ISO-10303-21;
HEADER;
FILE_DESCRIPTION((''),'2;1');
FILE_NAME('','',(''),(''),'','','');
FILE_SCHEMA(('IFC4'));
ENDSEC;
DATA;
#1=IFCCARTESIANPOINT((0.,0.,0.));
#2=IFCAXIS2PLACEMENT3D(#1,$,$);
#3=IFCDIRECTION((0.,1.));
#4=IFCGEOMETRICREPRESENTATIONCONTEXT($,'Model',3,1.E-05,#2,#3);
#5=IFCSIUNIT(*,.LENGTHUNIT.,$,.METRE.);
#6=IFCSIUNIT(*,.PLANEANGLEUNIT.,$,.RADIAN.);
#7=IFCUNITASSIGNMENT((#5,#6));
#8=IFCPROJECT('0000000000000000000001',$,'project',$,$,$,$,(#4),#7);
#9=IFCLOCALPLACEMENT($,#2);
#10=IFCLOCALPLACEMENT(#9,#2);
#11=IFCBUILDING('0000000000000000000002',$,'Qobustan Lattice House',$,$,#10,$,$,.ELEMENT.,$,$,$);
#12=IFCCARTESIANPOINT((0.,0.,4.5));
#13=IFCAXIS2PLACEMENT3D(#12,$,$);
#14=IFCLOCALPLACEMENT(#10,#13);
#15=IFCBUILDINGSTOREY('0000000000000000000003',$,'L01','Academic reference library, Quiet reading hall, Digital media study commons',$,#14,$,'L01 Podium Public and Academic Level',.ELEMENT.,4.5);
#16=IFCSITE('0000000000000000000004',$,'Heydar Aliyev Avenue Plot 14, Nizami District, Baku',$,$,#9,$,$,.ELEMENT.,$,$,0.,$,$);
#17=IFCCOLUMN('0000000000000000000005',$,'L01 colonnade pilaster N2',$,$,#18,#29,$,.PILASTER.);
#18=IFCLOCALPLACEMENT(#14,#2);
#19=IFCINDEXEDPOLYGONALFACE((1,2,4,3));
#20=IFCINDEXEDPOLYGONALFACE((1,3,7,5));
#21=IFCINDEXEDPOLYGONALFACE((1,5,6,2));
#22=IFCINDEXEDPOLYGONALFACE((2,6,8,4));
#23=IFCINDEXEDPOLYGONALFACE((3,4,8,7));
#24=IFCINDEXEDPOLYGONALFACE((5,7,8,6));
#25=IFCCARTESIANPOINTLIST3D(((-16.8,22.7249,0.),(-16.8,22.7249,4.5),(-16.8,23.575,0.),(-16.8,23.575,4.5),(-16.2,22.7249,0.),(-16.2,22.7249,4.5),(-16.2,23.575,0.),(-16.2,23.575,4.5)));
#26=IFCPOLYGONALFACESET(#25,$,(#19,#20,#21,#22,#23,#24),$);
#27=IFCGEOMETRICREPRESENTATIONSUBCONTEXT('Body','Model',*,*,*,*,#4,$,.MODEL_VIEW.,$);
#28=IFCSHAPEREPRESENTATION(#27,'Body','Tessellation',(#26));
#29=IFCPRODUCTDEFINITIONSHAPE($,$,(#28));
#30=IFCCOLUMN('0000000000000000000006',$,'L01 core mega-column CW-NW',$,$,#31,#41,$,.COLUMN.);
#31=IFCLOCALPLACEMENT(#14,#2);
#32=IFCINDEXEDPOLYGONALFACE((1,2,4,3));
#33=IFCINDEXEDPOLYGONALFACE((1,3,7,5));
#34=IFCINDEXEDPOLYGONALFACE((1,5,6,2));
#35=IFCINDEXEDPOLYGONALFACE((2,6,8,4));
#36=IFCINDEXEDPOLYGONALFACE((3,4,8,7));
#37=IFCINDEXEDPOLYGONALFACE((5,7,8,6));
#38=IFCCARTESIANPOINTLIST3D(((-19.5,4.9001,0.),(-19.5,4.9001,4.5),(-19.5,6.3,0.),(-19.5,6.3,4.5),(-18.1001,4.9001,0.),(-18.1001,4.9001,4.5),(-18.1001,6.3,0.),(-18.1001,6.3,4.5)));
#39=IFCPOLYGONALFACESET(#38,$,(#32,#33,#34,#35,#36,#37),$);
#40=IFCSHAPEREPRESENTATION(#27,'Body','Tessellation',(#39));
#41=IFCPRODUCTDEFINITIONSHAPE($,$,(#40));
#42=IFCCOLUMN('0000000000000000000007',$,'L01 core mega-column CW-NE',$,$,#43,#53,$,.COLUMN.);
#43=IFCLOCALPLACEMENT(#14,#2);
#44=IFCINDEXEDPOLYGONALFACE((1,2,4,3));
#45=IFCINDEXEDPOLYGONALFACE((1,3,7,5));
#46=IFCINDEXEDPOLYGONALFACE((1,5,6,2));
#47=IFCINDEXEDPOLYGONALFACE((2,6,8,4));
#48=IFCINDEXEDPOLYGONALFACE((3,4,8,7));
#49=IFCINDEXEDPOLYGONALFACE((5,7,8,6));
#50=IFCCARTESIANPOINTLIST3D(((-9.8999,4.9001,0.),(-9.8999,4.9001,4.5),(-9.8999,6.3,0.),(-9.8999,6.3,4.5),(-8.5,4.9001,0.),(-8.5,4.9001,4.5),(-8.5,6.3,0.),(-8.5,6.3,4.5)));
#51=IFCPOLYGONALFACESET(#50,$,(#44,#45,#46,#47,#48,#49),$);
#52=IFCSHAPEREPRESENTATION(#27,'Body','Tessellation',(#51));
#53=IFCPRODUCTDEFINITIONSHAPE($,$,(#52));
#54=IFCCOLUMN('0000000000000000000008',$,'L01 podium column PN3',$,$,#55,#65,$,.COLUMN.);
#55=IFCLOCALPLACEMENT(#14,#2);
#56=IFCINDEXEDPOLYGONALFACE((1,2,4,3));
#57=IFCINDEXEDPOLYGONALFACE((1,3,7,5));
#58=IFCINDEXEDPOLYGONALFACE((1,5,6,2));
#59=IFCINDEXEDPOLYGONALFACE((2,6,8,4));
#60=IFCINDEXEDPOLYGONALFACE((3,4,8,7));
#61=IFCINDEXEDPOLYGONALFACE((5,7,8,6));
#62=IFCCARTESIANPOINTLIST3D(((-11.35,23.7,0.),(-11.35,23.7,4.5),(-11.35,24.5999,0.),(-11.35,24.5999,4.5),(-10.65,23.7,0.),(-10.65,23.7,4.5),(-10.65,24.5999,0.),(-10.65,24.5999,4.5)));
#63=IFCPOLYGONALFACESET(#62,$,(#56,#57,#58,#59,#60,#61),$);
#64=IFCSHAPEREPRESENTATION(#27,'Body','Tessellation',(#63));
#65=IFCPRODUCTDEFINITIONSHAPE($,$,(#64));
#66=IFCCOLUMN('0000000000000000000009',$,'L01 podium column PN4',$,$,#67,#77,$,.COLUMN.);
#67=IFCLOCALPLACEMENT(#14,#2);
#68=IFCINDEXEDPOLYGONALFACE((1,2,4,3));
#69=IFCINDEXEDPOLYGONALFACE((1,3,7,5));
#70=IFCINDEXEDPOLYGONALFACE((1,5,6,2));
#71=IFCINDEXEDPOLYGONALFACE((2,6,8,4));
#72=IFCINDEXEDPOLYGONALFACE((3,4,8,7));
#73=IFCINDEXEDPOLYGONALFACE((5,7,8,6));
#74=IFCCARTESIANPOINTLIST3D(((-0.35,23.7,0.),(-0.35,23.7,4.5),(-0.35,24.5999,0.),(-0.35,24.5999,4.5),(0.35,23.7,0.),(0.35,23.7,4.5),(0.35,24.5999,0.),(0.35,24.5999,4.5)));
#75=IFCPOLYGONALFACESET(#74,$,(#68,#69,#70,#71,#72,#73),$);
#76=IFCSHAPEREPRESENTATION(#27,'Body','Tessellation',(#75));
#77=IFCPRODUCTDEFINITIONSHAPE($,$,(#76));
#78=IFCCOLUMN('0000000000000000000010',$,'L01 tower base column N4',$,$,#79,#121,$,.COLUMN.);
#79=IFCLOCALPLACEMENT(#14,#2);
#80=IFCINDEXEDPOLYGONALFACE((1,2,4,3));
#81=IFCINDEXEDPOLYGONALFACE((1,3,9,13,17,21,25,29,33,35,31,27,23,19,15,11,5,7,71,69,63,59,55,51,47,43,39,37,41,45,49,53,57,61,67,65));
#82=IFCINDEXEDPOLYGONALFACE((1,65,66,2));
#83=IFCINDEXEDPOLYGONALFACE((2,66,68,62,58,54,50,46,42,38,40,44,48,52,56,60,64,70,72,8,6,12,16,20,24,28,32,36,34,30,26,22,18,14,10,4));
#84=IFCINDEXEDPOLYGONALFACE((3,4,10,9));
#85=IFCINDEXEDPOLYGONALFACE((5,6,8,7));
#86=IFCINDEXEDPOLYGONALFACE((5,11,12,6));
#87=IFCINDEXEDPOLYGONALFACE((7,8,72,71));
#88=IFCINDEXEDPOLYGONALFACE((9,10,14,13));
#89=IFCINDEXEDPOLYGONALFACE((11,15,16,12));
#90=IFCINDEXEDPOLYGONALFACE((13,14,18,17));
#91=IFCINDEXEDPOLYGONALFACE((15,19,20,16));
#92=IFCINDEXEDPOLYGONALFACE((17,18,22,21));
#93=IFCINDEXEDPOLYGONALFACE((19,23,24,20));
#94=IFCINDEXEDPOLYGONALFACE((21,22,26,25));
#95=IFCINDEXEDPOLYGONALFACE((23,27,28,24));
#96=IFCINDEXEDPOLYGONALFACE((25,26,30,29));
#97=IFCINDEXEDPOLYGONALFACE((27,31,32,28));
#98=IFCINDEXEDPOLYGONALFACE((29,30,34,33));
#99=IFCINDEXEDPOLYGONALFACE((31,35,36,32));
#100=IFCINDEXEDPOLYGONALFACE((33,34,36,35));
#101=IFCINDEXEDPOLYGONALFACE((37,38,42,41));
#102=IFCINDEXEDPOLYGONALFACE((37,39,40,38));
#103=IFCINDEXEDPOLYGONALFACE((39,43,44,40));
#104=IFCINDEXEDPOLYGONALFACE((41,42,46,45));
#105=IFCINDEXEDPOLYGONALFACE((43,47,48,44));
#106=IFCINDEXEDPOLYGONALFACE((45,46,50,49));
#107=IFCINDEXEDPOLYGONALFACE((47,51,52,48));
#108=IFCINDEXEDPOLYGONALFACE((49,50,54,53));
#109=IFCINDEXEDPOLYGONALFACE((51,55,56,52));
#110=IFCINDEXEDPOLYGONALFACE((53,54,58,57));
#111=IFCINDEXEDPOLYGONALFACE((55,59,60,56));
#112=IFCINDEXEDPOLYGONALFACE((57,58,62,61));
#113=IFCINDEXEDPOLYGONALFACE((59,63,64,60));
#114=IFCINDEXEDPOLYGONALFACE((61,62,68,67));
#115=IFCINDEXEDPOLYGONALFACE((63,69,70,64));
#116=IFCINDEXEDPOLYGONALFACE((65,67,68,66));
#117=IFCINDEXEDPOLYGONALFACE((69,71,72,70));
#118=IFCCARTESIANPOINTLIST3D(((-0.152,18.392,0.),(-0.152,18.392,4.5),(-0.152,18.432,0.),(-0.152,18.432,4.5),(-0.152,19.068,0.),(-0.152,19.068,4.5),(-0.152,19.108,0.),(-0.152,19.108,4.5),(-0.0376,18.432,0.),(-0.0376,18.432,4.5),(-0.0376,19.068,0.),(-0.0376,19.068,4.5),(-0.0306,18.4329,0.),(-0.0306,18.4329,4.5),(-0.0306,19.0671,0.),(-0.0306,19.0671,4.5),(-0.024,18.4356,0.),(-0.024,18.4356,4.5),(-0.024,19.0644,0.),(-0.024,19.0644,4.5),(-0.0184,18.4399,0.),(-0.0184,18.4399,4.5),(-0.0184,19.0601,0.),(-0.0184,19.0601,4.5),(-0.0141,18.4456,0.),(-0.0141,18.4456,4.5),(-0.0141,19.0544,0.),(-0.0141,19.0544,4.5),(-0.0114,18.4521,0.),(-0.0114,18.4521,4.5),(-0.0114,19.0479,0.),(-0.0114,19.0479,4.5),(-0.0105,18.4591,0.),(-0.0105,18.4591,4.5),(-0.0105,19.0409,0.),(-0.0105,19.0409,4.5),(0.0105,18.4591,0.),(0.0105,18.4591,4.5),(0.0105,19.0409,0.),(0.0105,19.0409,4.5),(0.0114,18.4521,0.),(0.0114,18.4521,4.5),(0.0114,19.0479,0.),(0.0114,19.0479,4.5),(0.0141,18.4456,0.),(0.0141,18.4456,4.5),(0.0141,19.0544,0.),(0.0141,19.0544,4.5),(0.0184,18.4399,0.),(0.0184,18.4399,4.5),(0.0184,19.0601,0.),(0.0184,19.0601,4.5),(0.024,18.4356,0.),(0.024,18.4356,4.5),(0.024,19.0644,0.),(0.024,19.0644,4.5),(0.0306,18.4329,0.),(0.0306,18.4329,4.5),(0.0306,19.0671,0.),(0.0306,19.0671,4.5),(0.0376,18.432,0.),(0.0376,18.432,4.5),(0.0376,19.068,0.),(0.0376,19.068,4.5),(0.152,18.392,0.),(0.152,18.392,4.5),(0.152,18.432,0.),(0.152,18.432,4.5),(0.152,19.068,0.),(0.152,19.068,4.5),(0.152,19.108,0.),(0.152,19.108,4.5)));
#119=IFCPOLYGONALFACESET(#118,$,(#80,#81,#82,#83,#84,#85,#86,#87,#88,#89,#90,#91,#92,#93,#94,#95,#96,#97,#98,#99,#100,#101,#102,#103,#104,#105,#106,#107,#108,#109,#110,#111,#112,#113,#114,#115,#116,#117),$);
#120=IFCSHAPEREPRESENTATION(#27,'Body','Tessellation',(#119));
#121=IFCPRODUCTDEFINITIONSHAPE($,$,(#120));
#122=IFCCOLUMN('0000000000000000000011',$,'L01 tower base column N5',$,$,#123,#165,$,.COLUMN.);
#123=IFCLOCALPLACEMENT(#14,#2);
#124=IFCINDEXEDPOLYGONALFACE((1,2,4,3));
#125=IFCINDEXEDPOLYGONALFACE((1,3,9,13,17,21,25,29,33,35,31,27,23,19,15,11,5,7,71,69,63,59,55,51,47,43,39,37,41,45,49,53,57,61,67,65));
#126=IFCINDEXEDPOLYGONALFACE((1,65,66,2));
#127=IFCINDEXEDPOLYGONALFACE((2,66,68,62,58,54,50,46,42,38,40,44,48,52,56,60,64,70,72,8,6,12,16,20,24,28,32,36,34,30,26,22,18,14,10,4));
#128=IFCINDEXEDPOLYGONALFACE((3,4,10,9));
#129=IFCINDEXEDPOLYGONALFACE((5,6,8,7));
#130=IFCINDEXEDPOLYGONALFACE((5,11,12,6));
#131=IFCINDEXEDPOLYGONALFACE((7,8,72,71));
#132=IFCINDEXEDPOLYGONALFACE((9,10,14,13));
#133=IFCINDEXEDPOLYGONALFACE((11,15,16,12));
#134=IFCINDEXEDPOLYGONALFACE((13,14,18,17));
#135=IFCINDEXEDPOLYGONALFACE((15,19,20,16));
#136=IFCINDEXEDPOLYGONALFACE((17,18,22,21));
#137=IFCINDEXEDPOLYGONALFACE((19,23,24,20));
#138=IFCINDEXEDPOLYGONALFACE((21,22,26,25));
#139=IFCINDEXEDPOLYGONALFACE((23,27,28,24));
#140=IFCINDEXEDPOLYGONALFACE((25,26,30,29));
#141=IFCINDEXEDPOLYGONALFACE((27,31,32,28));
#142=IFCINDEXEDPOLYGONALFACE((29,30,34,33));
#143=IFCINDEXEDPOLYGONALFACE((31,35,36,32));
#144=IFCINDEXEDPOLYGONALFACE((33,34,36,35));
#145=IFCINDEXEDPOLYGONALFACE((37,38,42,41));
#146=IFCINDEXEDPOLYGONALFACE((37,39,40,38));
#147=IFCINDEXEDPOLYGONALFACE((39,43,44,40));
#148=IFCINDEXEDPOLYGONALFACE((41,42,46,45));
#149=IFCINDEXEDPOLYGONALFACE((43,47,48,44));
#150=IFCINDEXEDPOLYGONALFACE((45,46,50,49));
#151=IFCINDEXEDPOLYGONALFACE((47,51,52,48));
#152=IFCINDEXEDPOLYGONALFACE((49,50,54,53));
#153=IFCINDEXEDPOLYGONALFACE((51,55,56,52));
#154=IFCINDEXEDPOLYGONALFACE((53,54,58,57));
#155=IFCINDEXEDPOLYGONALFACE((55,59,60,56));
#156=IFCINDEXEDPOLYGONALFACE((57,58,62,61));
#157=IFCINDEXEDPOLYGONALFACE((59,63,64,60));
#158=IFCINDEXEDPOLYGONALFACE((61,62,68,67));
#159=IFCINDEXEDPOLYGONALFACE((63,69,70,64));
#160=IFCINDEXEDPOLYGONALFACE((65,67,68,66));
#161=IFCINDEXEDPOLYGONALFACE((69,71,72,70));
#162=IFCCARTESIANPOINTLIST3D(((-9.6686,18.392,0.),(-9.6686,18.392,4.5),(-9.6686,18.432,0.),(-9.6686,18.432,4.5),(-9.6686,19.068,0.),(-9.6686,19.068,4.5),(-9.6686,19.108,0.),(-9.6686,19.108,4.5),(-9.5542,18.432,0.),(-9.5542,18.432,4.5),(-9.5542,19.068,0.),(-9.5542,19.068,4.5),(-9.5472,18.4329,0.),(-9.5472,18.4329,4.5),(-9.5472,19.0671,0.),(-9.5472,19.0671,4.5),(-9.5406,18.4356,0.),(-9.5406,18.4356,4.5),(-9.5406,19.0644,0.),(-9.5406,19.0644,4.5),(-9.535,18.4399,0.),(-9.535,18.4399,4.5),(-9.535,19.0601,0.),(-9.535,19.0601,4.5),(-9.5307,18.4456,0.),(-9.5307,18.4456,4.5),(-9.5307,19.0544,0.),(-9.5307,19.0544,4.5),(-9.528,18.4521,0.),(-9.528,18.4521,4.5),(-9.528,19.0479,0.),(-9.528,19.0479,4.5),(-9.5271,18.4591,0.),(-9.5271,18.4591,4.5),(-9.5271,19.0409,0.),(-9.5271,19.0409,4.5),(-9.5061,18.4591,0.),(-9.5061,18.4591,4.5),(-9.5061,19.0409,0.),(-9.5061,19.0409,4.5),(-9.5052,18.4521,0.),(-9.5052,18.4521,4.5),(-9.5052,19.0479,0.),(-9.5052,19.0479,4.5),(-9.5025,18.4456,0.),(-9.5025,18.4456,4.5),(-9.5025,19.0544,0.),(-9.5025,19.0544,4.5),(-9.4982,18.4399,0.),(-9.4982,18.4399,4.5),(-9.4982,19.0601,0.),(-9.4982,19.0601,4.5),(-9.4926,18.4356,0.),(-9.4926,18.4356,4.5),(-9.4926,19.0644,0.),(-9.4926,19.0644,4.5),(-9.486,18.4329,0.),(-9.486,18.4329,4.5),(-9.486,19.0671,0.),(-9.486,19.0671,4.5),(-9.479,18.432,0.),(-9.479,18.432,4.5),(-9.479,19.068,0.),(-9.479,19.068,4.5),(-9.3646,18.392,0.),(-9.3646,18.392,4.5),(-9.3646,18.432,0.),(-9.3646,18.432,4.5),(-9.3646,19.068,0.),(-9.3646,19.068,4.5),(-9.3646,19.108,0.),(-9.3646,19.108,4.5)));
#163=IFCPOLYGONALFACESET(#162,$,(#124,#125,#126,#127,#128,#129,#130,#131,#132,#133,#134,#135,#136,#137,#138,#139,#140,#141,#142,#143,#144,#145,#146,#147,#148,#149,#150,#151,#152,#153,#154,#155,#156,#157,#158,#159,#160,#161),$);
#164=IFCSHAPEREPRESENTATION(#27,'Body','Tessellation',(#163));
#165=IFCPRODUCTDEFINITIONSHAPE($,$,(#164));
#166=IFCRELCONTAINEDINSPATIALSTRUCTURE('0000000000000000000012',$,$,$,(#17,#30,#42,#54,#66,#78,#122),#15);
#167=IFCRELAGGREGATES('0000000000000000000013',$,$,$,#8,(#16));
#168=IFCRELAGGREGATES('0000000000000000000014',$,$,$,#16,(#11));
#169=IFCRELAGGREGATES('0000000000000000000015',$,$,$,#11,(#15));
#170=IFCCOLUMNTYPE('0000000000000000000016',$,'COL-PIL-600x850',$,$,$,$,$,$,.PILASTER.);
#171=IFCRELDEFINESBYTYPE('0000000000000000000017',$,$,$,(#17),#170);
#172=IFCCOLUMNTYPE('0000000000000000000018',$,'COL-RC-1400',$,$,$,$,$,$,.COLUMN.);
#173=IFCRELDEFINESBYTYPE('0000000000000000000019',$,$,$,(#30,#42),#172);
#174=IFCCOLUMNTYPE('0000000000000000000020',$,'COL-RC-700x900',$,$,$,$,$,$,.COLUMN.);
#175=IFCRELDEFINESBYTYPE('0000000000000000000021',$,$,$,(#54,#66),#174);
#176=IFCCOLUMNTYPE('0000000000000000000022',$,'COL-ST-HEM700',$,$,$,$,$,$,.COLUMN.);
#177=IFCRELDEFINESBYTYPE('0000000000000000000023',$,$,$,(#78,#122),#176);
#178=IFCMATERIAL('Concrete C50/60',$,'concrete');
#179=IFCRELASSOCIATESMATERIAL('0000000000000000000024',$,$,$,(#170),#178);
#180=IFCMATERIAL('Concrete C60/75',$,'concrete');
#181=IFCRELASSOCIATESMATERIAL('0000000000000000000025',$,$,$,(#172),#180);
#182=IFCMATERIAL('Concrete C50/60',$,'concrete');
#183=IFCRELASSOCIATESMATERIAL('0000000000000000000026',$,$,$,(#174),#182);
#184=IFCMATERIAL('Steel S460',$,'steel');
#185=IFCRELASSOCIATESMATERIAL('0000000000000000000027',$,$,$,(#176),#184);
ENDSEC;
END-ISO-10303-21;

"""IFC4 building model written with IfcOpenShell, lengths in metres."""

from ifc_helpers import new_model, si_unit, direction, frame, origin, origin_2d, place, context, subcontext, project, spatial, rectangle, i_section, extrude, material, material_profile, profile_set, type_object, element, save


model = new_model("IFC4")

# Units and contexts
model_context = context("Model", 3, precision=1e-05, world=origin(), true_north=direction((0.0, 1.0)))
body_context = subcontext(model_context, "Body", "Model", "MODEL_VIEW")
ifc_project = project(units=[si_unit("LENGTHUNIT", "METRE"), si_unit("PLANEANGLEUNIT", "RADIAN")], contexts=[model_context])

# Site, building, storey
site_placement = place(None, origin())
site = spatial("IfcSite", under=ifc_project, at=site_placement, Name="Heydar Aliyev Avenue Plot 14, Nizami District, Baku", CompositionType="ELEMENT", RefElevation=0.0)
building_placement = place(site_placement, origin())
building = spatial("IfcBuilding", under=site, at=building_placement, Name="Qobustan Lattice House", CompositionType="ELEMENT")
storey_placement = place(building_placement, frame((0.0, 0.0, 4.5)))
storey = spatial("IfcBuildingStorey", under=building, at=storey_placement, Name="L01", Description="Academic reference library, Quiet reading hall, Digital media study commons", LongName="L01 Podium Public and Academic Level", CompositionType="ELEMENT", Elevation=4.5)

# Columns
ifc_material_1 = material(Name="Concrete C50/60", Category="concrete")
ifc_material_profile_1 = material_profile(ifc_material_1, rectangle(XDim=0.6001, YDim=0.8501, at=origin_2d()), Name="RC600x850")
ifc_profile_set_1 = profile_set([ifc_material_profile_1], Name="Concrete C50/60")
column_type_1 = type_object("IfcColumnType", Name="COL-PIL-600x850", PredefinedType="PILASTER", material=ifc_profile_set_1)
column_placement = place(storey_placement, frame((-16.5, 23.1499, 0.0), z_axis=(0.0, 0.0, 1.0), x_axis=(1.0, 0.0, 0.0)))
element("IfcColumn", 1, at=column_placement, inside=storey, type_object=column_type_1, Name="L01 colonnade pilaster N2", PredefinedType="PILASTER", context=body_context, shape_type="SweptSolid", body=[
    extrude(rectangle(XDim=0.6001, YDim=0.8501, at=origin_2d()), origin(), (0.0, 0.0, 1.0), 4.5),
])
ifc_material_2 = material(Name="Concrete C60/75", Category="concrete")
ifc_material_profile_2 = material_profile(ifc_material_2, rectangle(XDim=1.3999, YDim=1.3999, at=origin_2d()), Name="RC1400x1400")
ifc_profile_set_2 = profile_set([ifc_material_profile_2], Name="Concrete C60/75")
column_type_2 = type_object("IfcColumnType", Name="COL-RC-1400", PredefinedType="COLUMN", material=ifc_profile_set_2)
for number, where, z_axis, x_axis, name in (
    (2, (-18.8, 5.6001, 0.0), (0.0, 0.0, 1.0), (1.0, 0.0, 0.0), "L01 core mega-column CW-NW"),
    (3, (-9.2, 5.6001, 0.0), (0.0, 0.0, 1.0), (1.0, 0.0, 0.0), "L01 core mega-column CW-NE"),
):
    element("IfcColumn", number, at=place(storey_placement, frame(where, z_axis=z_axis, x_axis=x_axis)), inside=storey, type_object=column_type_2, Name=name, PredefinedType="COLUMN", context=body_context, shape_type="SweptSolid", body=[
        extrude(rectangle(XDim=1.3999, YDim=1.3999, at=origin_2d()), origin(), (0.0, 0.0, 1.0), 4.5),
    ])
ifc_material_3 = material(Name="Concrete C50/60", Category="concrete")
ifc_material_profile_3 = material_profile(ifc_material_3, rectangle(XDim=0.7, YDim=0.8999, at=origin_2d()), Name="RC700x900")
ifc_profile_set_3 = profile_set([ifc_material_profile_3], Name="Concrete C50/60")
column_type_3 = type_object("IfcColumnType", Name="COL-RC-700x900", PredefinedType="COLUMN", material=ifc_profile_set_3)
for number, where, z_axis, x_axis, name in (
    (4, (-11.0, 24.1499, 0.0), (0.0, 0.0, 1.0), (1.0, 0.0, 0.0), "L01 podium column PN3"),
    (5, (0.0, 24.1499, 0.0), (0.0, 0.0, 1.0), (1.0, 0.0, 0.0), "L01 podium column PN4"),
):
    element("IfcColumn", number, at=place(storey_placement, frame(where, z_axis=z_axis, x_axis=x_axis)), inside=storey, type_object=column_type_3, Name=name, PredefinedType="COLUMN", context=body_context, shape_type="SweptSolid", body=[
        extrude(rectangle(XDim=0.7, YDim=0.8999, at=origin_2d()), origin(), (0.0, 0.0, 1.0), 4.5),
    ])
ifc_material_4 = material(Name="Steel S460", Category="steel")
ifc_material_profile_4 = material_profile(ifc_material_4, i_section(OverallWidth=0.304, OverallDepth=0.7161, WebThickness=0.021, FlangeThickness=0.04, FilletRadius=0.0271, at=origin_2d()), Name="HEM700")
ifc_profile_set_4 = profile_set([ifc_material_profile_4], Name="Steel S460")
column_type_4 = type_object("IfcColumnType", Name="COL-ST-HEM700", PredefinedType="COLUMN", material=ifc_profile_set_4)
for number, where, z_axis, x_axis, name in (
    (6, (0.0, 18.75, 0.0), (0.0, 0.0, 1.0), (1.0, 0.0, 0.0), "L01 tower base column N4"),
    (7, (-9.5166, 18.75, 0.0), (0.0, 0.0, 1.0), (1.0, 0.0, 0.0), "L01 tower base column N5"),
):
    element("IfcColumn", number, at=place(storey_placement, frame(where, z_axis=z_axis, x_axis=x_axis)), inside=storey, type_object=column_type_4, Name=name, PredefinedType="COLUMN", context=body_context, shape_type="SweptSolid", body=[
        extrude(i_section(OverallWidth=0.304, OverallDepth=0.7161, WebThickness=0.021, FlangeThickness=0.04, FilletRadius=0.0271, at=origin_2d()), origin(), (0.0, 0.0, 1.0), 4.5),
    ])

save(model, "model.ifc")
